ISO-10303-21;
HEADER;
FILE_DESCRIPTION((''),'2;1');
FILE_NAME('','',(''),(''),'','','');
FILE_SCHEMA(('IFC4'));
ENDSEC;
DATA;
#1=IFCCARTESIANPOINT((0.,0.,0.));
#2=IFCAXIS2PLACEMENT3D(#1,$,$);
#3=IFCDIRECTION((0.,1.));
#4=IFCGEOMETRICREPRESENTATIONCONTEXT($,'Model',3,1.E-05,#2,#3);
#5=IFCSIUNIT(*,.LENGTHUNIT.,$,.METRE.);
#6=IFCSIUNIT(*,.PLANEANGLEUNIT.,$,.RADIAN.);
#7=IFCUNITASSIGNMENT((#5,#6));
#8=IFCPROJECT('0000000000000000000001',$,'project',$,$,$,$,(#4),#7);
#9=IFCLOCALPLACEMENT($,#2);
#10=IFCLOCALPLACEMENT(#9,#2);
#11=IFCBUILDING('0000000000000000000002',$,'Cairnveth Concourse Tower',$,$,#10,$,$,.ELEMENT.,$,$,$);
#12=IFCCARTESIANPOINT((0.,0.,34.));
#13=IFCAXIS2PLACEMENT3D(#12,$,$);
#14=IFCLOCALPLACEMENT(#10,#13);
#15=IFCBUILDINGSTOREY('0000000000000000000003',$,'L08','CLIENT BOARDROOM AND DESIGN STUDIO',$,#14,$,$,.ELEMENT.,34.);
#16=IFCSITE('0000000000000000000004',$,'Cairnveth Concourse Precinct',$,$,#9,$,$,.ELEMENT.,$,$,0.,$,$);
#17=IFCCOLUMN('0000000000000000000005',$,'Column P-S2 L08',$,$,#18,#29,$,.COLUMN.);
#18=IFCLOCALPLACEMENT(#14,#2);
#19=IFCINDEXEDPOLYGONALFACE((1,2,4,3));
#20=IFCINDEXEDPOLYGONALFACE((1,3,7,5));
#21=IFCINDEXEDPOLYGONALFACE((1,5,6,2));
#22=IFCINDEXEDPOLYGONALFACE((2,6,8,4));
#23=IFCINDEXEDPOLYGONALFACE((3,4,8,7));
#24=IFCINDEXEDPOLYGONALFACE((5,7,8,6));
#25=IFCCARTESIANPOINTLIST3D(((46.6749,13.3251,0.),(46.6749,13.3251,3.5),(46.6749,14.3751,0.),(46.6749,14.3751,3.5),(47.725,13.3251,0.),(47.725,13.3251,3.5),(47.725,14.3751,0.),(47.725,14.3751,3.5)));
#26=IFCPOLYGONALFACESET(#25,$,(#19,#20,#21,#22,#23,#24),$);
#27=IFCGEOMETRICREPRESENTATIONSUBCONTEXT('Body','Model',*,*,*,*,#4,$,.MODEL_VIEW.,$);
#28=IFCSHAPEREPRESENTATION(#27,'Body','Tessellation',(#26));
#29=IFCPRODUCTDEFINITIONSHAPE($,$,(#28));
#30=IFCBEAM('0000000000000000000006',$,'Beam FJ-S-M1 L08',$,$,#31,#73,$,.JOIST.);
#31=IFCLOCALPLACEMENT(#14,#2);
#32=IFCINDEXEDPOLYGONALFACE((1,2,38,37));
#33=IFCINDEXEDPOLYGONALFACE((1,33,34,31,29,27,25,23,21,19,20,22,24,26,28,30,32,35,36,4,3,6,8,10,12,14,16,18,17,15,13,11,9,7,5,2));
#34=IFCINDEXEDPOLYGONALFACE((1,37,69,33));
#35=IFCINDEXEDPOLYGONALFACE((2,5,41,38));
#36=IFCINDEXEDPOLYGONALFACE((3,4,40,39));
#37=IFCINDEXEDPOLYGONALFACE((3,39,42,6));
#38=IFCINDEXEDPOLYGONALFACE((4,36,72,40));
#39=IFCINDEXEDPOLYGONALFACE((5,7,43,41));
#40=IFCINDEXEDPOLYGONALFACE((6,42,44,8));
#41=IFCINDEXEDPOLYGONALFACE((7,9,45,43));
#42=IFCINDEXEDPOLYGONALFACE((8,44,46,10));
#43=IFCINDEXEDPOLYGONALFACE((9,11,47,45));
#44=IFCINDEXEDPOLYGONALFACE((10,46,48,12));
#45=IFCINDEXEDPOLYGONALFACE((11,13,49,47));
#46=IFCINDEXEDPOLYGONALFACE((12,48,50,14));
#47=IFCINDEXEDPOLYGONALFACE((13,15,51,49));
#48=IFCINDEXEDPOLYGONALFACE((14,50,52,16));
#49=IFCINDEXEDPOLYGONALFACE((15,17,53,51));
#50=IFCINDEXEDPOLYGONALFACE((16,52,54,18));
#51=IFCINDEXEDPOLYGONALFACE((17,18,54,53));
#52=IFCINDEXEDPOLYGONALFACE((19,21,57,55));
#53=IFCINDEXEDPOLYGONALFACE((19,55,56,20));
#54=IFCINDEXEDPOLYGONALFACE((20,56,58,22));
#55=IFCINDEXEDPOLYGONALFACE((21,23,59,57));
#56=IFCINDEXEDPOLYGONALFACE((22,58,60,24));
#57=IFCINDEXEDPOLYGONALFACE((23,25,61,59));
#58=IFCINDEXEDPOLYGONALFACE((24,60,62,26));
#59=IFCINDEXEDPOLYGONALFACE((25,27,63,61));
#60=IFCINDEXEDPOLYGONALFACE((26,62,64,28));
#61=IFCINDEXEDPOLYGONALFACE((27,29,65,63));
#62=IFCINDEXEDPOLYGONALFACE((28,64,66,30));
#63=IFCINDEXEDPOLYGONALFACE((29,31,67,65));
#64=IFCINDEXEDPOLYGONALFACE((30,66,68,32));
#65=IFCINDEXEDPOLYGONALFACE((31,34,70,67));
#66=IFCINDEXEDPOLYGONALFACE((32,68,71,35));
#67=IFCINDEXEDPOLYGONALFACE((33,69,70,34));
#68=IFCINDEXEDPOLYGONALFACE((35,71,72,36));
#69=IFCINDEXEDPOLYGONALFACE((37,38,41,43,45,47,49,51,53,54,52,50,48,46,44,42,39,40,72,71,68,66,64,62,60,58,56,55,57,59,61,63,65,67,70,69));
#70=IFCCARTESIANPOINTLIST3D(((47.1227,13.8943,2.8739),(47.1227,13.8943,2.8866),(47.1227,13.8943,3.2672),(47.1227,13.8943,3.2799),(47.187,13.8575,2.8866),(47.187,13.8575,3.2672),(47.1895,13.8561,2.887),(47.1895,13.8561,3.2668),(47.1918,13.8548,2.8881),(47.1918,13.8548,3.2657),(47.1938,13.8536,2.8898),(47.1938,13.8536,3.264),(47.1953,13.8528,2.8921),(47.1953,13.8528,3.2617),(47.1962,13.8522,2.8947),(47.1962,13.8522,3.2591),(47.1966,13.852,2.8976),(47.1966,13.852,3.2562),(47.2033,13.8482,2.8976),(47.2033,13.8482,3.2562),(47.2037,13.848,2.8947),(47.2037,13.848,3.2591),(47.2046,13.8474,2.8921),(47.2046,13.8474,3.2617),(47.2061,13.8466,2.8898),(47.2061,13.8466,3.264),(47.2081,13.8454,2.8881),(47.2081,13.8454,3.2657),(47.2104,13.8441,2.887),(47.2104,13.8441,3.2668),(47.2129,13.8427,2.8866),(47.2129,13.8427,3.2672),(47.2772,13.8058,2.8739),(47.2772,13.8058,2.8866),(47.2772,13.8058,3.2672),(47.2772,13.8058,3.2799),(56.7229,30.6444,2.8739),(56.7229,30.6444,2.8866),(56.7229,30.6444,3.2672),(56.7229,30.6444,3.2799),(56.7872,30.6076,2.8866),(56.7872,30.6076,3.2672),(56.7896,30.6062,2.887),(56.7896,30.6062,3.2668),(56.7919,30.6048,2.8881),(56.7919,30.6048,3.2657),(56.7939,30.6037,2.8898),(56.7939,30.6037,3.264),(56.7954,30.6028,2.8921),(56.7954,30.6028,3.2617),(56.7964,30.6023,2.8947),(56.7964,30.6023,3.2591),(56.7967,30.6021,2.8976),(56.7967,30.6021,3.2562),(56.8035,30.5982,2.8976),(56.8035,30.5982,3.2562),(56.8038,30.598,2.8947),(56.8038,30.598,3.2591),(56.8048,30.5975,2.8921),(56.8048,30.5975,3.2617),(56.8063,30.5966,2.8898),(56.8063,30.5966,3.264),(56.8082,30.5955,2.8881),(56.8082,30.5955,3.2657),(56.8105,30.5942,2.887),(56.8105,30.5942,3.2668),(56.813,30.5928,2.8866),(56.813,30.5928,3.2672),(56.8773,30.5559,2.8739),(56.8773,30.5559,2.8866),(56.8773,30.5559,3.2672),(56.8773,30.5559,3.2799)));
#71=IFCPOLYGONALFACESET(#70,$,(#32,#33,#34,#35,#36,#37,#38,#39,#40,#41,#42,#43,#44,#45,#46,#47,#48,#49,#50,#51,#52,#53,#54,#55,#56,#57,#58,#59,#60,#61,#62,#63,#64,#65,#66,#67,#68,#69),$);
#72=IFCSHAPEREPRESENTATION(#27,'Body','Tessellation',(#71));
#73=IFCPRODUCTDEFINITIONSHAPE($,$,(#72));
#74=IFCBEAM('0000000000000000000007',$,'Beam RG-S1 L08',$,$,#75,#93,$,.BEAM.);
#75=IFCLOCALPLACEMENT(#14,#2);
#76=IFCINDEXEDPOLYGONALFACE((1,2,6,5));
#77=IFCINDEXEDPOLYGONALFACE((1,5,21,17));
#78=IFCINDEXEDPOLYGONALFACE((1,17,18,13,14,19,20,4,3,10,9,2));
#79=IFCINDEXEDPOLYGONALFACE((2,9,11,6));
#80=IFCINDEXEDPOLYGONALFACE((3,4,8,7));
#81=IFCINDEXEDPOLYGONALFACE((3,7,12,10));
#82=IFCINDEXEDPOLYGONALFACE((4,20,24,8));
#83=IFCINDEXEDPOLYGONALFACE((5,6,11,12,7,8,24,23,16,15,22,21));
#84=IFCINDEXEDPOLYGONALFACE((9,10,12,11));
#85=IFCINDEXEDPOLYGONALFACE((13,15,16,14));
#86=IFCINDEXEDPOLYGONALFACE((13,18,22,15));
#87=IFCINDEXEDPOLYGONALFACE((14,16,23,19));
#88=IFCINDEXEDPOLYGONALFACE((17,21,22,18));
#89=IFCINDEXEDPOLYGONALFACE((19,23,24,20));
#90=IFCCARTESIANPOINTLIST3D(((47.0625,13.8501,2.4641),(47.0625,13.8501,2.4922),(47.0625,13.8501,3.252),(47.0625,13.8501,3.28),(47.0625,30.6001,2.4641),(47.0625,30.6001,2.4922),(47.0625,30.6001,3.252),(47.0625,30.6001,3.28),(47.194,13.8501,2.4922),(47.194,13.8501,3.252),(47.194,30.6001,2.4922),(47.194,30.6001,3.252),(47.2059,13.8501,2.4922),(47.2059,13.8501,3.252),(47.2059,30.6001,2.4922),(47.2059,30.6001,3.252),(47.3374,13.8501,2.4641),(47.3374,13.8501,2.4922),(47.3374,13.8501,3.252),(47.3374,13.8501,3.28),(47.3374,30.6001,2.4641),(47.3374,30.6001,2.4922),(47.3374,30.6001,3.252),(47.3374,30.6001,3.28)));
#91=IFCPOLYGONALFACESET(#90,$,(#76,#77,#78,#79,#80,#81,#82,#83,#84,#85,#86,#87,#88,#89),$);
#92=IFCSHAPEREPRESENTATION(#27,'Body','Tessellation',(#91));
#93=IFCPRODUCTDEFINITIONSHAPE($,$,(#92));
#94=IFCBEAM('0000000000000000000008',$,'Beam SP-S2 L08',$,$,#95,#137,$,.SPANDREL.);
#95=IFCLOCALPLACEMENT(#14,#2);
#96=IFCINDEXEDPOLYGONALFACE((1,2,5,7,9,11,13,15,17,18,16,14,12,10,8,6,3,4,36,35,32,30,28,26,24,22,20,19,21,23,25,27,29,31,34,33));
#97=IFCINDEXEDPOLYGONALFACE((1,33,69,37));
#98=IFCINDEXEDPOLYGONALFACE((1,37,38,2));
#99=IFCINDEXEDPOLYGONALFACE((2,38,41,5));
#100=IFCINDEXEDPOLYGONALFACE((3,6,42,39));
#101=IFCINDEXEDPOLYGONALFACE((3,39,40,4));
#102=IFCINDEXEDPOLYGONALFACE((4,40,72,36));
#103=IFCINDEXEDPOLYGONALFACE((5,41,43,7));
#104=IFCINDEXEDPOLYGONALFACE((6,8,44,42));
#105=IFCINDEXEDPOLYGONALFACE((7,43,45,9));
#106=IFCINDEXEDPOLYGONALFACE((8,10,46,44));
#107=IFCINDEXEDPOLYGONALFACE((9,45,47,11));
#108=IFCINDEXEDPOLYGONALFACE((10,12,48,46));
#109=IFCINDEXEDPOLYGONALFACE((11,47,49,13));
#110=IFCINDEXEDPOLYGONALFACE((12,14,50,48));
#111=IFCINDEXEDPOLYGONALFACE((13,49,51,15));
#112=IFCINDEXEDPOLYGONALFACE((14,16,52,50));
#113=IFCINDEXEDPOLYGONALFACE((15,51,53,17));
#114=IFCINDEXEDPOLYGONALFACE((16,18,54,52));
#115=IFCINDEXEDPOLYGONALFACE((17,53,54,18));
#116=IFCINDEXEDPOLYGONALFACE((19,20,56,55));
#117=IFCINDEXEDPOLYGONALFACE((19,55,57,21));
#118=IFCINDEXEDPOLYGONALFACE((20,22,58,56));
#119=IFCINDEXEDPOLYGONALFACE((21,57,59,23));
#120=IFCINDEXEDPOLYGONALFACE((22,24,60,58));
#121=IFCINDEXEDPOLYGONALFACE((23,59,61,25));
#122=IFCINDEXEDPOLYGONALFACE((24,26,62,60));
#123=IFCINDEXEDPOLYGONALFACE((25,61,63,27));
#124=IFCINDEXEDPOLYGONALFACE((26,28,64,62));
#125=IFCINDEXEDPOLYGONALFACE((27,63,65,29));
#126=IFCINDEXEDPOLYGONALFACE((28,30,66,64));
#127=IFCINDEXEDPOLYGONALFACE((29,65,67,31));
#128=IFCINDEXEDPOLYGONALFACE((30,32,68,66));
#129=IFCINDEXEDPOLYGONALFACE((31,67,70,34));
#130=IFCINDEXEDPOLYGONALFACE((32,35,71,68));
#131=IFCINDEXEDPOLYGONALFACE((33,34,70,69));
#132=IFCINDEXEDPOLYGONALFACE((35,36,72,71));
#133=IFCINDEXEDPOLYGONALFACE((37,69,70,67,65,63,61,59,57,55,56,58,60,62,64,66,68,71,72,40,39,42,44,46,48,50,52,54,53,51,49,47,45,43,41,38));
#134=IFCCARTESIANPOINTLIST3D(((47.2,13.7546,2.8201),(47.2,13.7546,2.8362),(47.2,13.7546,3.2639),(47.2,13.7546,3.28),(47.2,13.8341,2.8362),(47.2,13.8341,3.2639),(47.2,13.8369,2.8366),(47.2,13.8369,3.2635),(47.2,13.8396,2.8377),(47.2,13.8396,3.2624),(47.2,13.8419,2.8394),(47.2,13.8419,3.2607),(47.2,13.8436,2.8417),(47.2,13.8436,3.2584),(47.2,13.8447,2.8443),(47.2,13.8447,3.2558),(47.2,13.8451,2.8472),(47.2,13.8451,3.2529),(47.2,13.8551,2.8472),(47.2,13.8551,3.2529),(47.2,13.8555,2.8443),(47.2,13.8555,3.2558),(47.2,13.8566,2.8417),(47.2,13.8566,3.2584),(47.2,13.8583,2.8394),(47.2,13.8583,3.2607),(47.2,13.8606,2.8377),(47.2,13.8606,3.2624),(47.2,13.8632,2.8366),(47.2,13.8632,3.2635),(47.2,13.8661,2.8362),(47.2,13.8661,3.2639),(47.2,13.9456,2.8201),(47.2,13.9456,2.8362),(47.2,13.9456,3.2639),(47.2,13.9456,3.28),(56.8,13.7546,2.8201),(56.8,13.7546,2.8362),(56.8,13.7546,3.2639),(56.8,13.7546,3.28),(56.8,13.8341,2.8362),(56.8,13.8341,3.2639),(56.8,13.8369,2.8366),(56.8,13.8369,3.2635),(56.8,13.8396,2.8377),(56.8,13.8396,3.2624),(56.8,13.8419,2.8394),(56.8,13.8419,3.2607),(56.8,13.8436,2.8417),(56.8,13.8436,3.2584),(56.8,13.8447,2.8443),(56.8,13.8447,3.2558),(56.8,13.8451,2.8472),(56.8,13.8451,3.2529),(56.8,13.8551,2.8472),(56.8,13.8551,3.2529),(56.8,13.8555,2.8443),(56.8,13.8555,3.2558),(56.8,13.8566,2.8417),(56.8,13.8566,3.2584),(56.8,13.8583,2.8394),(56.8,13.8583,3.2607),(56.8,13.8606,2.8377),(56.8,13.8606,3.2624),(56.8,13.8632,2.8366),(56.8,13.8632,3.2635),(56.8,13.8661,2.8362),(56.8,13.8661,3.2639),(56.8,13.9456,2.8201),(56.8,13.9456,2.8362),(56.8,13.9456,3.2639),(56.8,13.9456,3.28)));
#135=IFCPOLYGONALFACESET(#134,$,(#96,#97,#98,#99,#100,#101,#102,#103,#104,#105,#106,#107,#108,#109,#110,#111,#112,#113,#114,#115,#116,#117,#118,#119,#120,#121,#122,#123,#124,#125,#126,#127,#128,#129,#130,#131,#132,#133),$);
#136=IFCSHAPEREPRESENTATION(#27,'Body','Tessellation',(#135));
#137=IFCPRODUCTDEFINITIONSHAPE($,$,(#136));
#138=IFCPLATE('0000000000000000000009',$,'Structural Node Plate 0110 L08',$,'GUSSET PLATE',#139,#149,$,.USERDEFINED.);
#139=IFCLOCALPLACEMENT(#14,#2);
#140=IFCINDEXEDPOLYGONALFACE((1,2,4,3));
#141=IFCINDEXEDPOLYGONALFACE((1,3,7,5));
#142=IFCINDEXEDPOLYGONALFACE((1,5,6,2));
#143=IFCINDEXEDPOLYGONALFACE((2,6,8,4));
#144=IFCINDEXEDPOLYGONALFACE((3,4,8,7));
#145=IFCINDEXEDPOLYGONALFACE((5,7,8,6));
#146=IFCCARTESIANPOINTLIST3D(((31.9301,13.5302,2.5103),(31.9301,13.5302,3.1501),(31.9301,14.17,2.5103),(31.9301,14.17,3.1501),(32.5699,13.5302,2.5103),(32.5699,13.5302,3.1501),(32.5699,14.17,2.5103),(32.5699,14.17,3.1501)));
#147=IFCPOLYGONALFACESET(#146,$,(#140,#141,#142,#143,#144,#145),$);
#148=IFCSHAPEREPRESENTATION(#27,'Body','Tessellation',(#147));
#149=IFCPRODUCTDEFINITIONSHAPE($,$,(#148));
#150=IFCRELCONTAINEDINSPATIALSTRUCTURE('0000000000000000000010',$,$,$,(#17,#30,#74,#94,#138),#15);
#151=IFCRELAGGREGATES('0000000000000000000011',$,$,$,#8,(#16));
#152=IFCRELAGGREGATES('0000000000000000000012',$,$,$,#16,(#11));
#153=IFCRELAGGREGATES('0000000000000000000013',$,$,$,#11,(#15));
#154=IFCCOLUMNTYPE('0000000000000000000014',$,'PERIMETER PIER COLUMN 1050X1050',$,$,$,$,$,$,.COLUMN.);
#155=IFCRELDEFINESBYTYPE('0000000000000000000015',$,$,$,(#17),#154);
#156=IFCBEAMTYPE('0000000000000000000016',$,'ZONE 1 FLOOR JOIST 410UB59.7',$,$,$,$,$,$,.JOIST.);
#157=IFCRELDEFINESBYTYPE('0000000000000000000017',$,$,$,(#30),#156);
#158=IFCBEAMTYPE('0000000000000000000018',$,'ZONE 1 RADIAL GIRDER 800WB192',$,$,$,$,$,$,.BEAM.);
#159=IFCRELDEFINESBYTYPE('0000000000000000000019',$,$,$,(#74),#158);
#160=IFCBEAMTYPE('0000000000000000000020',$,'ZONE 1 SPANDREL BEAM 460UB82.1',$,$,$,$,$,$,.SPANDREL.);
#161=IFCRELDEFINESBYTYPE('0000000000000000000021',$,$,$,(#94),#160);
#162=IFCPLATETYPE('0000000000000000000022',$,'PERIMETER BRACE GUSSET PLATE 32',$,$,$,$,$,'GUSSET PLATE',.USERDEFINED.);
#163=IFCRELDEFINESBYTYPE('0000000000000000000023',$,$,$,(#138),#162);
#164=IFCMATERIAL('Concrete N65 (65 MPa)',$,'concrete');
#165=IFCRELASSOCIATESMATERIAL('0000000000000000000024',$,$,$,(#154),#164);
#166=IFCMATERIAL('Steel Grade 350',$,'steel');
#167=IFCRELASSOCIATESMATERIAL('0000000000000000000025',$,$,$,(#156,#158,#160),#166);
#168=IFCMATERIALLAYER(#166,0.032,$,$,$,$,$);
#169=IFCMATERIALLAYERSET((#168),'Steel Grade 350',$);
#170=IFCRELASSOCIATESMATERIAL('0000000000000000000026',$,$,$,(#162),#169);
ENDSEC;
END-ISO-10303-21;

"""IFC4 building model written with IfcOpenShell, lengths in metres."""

from ifc_helpers import new_model, si_unit, direction, frame, origin, origin_2d, place, context, subcontext, project, spatial, rectangle, i_section, extrude, material, layer, layer_set, material_profile, profile_set, type_object, element, save


model = new_model("IFC4")

# Units and contexts
model_context = context("Model", 3, precision=1e-05, world=origin(), true_north=direction((0.0, 1.0)))
body_context = subcontext(model_context, "Body", "Model", "MODEL_VIEW")
ifc_project = project(units=[si_unit("LENGTHUNIT", "METRE"), si_unit("PLANEANGLEUNIT", "RADIAN")], contexts=[model_context])

# Site, building, storey
site_placement = place(None, origin())
site = spatial("IfcSite", under=ifc_project, at=site_placement, Name="Cairnveth Concourse Precinct", CompositionType="ELEMENT", RefElevation=0.0)
building_placement = place(site_placement, origin())
building = spatial("IfcBuilding", under=site, at=building_placement, Name="Cairnveth Concourse Tower", CompositionType="ELEMENT")
storey_placement = place(building_placement, frame((0.0, 0.0, 34.0)))
storey = spatial("IfcBuildingStorey", under=building, at=storey_placement, Name="L08", Description="CLIENT BOARDROOM AND DESIGN STUDIO", CompositionType="ELEMENT", Elevation=34.0)

# Column
ifc_material_1 = material(Name="Concrete N65 (65 MPa)", Category="concrete")
ifc_material_profile_1 = material_profile(ifc_material_1, rectangle(XDim=1.05, YDim=1.05, at=origin_2d()), Name="RC-COL-1050x1050")
ifc_profile_set_1 = profile_set([ifc_material_profile_1], Name="Concrete N65 (65 MPa)")
column_type = type_object("IfcColumnType", Name="PERIMETER PIER COLUMN 1050X1050", PredefinedType="COLUMN", material=ifc_profile_set_1)
column_placement = place(storey_placement, frame((47.2, 13.8501, 0.0), z_axis=(0.0, 0.0, 1.0), x_axis=(1.0, 0.0, 0.0)))
element("IfcColumn", 1, at=column_placement, inside=storey, type_object=column_type, Name="Column P-S2 L08", PredefinedType="COLUMN", context=body_context, shape_type="SweptSolid", body=[
    extrude(rectangle(XDim=1.05, YDim=1.05, at=origin_2d()), origin(), (0.0, 0.0, 1.0), 3.5),
])

# Beams
ifc_material_2 = material(Name="Steel Grade 350", Category="steel")
ifc_material_profile_2 = material_profile(ifc_material_2, i_section(OverallWidth=0.178, OverallDepth=0.406, WebThickness=0.0078, FlangeThickness=0.0127, FilletRadius=0.011, at=origin_2d()), Name="410UB59.7")
ifc_profile_set_2 = profile_set([ifc_material_profile_2], Name="Steel Grade 350")
beam_type_1 = type_object("IfcBeamType", Name="ZONE 1 FLOOR JOIST 410UB59.7", PredefinedType="JOIST", material=ifc_profile_set_2)
beam_1_placement = place(storey_placement, frame((47.2, 13.8501, 3.0769), z_axis=(0.497258, 0.867603, 0.0), x_axis=(-0.867603, 0.497258, 0.0)))
element("IfcBeam", 2, at=beam_1_placement, inside=storey, type_object=beam_type_1, Name="Beam FJ-S-M1 L08", PredefinedType="JOIST", context=body_context, shape_type="SweptSolid", body=[
    extrude(i_section(OverallWidth=0.178, OverallDepth=0.406, WebThickness=0.0078, FlangeThickness=0.0127, FilletRadius=0.011, at=origin_2d()), origin(), (0.0, 0.0, 1.0), 19.3062),
])
ifc_material_profile_3 = material_profile(ifc_material_2, i_section(OverallWidth=0.2749, OverallDepth=0.8159, WebThickness=0.012, FlangeThickness=0.0281, at=origin_2d()), Name="800WB192")
ifc_profile_set_3 = profile_set([ifc_material_profile_3], Name="Steel Grade 350")
beam_type_2 = type_object("IfcBeamType", Name="ZONE 1 RADIAL GIRDER 800WB192", PredefinedType="BEAM", material=ifc_profile_set_3)
beam_2_placement = place(storey_placement, frame((47.2, 13.8501, 2.8721), z_axis=(0.0, 1.0, 0.0), x_axis=(-1.0, 0.0, 0.0)))
element("IfcBeam", 3, at=beam_2_placement, inside=storey, type_object=beam_type_2, Name="Beam RG-S1 L08", PredefinedType="BEAM", context=body_context, shape_type="SweptSolid", body=[
    extrude(i_section(OverallWidth=0.2749, OverallDepth=0.8159, WebThickness=0.012, FlangeThickness=0.0281, at=origin_2d()), origin(), (0.0, 0.0, 1.0), 16.75),
])
ifc_material_profile_4 = material_profile(ifc_material_2, i_section(OverallWidth=0.1909, OverallDepth=0.46, WebThickness=0.01, FlangeThickness=0.0161, FilletRadius=0.011, at=origin_2d()), Name="460UB82.1")
ifc_profile_set_4 = profile_set([ifc_material_profile_4], Name="Steel Grade 350")
beam_type_3 = type_object("IfcBeamType", Name="ZONE 1 SPANDREL BEAM 460UB82.1", PredefinedType="SPANDREL", material=ifc_profile_set_4)
beam_3_placement = place(storey_placement, frame((47.2, 13.8501, 3.05), z_axis=(1.0, 0.0, 0.0), x_axis=(0.0, 1.0, 0.0)))
element("IfcBeam", 4, at=beam_3_placement, inside=storey, type_object=beam_type_3, Name="Beam SP-S2 L08", PredefinedType="SPANDREL", context=body_context, shape_type="SweptSolid", body=[
    extrude(i_section(OverallWidth=0.1909, OverallDepth=0.46, WebThickness=0.01, FlangeThickness=0.0161, FilletRadius=0.011, at=origin_2d()), origin(), (0.0, 0.0, 1.0), 9.6001),
])

# Plate
ifc_layer_1 = layer(ifc_material_2, 0.032)
ifc_layer_set_1 = layer_set([ifc_layer_1], Name="Steel Grade 350")
plate_type = type_object("IfcPlateType", Name="PERIMETER BRACE GUSSET PLATE 32", ElementType="GUSSET PLATE", PredefinedType="USERDEFINED", material=ifc_layer_set_1)
plate_placement = place(storey_placement, frame((32.25, 13.8501, 2.5103), z_axis=(0.0, 0.0, 1.0), x_axis=(1.0, 0.0, 0.0)))
element("IfcPlate", 5, at=plate_placement, inside=storey, type_object=plate_type, Name="Structural Node Plate 0110 L08", ObjectType="GUSSET PLATE", PredefinedType="USERDEFINED", context=body_context, shape_type="SweptSolid", body=[
    extrude(rectangle(XDim=0.6399, YDim=0.6399, at=origin_2d()), origin(), (0.0, 0.0, 1.0), 0.6399),
])

save(model, "model.ifc")
